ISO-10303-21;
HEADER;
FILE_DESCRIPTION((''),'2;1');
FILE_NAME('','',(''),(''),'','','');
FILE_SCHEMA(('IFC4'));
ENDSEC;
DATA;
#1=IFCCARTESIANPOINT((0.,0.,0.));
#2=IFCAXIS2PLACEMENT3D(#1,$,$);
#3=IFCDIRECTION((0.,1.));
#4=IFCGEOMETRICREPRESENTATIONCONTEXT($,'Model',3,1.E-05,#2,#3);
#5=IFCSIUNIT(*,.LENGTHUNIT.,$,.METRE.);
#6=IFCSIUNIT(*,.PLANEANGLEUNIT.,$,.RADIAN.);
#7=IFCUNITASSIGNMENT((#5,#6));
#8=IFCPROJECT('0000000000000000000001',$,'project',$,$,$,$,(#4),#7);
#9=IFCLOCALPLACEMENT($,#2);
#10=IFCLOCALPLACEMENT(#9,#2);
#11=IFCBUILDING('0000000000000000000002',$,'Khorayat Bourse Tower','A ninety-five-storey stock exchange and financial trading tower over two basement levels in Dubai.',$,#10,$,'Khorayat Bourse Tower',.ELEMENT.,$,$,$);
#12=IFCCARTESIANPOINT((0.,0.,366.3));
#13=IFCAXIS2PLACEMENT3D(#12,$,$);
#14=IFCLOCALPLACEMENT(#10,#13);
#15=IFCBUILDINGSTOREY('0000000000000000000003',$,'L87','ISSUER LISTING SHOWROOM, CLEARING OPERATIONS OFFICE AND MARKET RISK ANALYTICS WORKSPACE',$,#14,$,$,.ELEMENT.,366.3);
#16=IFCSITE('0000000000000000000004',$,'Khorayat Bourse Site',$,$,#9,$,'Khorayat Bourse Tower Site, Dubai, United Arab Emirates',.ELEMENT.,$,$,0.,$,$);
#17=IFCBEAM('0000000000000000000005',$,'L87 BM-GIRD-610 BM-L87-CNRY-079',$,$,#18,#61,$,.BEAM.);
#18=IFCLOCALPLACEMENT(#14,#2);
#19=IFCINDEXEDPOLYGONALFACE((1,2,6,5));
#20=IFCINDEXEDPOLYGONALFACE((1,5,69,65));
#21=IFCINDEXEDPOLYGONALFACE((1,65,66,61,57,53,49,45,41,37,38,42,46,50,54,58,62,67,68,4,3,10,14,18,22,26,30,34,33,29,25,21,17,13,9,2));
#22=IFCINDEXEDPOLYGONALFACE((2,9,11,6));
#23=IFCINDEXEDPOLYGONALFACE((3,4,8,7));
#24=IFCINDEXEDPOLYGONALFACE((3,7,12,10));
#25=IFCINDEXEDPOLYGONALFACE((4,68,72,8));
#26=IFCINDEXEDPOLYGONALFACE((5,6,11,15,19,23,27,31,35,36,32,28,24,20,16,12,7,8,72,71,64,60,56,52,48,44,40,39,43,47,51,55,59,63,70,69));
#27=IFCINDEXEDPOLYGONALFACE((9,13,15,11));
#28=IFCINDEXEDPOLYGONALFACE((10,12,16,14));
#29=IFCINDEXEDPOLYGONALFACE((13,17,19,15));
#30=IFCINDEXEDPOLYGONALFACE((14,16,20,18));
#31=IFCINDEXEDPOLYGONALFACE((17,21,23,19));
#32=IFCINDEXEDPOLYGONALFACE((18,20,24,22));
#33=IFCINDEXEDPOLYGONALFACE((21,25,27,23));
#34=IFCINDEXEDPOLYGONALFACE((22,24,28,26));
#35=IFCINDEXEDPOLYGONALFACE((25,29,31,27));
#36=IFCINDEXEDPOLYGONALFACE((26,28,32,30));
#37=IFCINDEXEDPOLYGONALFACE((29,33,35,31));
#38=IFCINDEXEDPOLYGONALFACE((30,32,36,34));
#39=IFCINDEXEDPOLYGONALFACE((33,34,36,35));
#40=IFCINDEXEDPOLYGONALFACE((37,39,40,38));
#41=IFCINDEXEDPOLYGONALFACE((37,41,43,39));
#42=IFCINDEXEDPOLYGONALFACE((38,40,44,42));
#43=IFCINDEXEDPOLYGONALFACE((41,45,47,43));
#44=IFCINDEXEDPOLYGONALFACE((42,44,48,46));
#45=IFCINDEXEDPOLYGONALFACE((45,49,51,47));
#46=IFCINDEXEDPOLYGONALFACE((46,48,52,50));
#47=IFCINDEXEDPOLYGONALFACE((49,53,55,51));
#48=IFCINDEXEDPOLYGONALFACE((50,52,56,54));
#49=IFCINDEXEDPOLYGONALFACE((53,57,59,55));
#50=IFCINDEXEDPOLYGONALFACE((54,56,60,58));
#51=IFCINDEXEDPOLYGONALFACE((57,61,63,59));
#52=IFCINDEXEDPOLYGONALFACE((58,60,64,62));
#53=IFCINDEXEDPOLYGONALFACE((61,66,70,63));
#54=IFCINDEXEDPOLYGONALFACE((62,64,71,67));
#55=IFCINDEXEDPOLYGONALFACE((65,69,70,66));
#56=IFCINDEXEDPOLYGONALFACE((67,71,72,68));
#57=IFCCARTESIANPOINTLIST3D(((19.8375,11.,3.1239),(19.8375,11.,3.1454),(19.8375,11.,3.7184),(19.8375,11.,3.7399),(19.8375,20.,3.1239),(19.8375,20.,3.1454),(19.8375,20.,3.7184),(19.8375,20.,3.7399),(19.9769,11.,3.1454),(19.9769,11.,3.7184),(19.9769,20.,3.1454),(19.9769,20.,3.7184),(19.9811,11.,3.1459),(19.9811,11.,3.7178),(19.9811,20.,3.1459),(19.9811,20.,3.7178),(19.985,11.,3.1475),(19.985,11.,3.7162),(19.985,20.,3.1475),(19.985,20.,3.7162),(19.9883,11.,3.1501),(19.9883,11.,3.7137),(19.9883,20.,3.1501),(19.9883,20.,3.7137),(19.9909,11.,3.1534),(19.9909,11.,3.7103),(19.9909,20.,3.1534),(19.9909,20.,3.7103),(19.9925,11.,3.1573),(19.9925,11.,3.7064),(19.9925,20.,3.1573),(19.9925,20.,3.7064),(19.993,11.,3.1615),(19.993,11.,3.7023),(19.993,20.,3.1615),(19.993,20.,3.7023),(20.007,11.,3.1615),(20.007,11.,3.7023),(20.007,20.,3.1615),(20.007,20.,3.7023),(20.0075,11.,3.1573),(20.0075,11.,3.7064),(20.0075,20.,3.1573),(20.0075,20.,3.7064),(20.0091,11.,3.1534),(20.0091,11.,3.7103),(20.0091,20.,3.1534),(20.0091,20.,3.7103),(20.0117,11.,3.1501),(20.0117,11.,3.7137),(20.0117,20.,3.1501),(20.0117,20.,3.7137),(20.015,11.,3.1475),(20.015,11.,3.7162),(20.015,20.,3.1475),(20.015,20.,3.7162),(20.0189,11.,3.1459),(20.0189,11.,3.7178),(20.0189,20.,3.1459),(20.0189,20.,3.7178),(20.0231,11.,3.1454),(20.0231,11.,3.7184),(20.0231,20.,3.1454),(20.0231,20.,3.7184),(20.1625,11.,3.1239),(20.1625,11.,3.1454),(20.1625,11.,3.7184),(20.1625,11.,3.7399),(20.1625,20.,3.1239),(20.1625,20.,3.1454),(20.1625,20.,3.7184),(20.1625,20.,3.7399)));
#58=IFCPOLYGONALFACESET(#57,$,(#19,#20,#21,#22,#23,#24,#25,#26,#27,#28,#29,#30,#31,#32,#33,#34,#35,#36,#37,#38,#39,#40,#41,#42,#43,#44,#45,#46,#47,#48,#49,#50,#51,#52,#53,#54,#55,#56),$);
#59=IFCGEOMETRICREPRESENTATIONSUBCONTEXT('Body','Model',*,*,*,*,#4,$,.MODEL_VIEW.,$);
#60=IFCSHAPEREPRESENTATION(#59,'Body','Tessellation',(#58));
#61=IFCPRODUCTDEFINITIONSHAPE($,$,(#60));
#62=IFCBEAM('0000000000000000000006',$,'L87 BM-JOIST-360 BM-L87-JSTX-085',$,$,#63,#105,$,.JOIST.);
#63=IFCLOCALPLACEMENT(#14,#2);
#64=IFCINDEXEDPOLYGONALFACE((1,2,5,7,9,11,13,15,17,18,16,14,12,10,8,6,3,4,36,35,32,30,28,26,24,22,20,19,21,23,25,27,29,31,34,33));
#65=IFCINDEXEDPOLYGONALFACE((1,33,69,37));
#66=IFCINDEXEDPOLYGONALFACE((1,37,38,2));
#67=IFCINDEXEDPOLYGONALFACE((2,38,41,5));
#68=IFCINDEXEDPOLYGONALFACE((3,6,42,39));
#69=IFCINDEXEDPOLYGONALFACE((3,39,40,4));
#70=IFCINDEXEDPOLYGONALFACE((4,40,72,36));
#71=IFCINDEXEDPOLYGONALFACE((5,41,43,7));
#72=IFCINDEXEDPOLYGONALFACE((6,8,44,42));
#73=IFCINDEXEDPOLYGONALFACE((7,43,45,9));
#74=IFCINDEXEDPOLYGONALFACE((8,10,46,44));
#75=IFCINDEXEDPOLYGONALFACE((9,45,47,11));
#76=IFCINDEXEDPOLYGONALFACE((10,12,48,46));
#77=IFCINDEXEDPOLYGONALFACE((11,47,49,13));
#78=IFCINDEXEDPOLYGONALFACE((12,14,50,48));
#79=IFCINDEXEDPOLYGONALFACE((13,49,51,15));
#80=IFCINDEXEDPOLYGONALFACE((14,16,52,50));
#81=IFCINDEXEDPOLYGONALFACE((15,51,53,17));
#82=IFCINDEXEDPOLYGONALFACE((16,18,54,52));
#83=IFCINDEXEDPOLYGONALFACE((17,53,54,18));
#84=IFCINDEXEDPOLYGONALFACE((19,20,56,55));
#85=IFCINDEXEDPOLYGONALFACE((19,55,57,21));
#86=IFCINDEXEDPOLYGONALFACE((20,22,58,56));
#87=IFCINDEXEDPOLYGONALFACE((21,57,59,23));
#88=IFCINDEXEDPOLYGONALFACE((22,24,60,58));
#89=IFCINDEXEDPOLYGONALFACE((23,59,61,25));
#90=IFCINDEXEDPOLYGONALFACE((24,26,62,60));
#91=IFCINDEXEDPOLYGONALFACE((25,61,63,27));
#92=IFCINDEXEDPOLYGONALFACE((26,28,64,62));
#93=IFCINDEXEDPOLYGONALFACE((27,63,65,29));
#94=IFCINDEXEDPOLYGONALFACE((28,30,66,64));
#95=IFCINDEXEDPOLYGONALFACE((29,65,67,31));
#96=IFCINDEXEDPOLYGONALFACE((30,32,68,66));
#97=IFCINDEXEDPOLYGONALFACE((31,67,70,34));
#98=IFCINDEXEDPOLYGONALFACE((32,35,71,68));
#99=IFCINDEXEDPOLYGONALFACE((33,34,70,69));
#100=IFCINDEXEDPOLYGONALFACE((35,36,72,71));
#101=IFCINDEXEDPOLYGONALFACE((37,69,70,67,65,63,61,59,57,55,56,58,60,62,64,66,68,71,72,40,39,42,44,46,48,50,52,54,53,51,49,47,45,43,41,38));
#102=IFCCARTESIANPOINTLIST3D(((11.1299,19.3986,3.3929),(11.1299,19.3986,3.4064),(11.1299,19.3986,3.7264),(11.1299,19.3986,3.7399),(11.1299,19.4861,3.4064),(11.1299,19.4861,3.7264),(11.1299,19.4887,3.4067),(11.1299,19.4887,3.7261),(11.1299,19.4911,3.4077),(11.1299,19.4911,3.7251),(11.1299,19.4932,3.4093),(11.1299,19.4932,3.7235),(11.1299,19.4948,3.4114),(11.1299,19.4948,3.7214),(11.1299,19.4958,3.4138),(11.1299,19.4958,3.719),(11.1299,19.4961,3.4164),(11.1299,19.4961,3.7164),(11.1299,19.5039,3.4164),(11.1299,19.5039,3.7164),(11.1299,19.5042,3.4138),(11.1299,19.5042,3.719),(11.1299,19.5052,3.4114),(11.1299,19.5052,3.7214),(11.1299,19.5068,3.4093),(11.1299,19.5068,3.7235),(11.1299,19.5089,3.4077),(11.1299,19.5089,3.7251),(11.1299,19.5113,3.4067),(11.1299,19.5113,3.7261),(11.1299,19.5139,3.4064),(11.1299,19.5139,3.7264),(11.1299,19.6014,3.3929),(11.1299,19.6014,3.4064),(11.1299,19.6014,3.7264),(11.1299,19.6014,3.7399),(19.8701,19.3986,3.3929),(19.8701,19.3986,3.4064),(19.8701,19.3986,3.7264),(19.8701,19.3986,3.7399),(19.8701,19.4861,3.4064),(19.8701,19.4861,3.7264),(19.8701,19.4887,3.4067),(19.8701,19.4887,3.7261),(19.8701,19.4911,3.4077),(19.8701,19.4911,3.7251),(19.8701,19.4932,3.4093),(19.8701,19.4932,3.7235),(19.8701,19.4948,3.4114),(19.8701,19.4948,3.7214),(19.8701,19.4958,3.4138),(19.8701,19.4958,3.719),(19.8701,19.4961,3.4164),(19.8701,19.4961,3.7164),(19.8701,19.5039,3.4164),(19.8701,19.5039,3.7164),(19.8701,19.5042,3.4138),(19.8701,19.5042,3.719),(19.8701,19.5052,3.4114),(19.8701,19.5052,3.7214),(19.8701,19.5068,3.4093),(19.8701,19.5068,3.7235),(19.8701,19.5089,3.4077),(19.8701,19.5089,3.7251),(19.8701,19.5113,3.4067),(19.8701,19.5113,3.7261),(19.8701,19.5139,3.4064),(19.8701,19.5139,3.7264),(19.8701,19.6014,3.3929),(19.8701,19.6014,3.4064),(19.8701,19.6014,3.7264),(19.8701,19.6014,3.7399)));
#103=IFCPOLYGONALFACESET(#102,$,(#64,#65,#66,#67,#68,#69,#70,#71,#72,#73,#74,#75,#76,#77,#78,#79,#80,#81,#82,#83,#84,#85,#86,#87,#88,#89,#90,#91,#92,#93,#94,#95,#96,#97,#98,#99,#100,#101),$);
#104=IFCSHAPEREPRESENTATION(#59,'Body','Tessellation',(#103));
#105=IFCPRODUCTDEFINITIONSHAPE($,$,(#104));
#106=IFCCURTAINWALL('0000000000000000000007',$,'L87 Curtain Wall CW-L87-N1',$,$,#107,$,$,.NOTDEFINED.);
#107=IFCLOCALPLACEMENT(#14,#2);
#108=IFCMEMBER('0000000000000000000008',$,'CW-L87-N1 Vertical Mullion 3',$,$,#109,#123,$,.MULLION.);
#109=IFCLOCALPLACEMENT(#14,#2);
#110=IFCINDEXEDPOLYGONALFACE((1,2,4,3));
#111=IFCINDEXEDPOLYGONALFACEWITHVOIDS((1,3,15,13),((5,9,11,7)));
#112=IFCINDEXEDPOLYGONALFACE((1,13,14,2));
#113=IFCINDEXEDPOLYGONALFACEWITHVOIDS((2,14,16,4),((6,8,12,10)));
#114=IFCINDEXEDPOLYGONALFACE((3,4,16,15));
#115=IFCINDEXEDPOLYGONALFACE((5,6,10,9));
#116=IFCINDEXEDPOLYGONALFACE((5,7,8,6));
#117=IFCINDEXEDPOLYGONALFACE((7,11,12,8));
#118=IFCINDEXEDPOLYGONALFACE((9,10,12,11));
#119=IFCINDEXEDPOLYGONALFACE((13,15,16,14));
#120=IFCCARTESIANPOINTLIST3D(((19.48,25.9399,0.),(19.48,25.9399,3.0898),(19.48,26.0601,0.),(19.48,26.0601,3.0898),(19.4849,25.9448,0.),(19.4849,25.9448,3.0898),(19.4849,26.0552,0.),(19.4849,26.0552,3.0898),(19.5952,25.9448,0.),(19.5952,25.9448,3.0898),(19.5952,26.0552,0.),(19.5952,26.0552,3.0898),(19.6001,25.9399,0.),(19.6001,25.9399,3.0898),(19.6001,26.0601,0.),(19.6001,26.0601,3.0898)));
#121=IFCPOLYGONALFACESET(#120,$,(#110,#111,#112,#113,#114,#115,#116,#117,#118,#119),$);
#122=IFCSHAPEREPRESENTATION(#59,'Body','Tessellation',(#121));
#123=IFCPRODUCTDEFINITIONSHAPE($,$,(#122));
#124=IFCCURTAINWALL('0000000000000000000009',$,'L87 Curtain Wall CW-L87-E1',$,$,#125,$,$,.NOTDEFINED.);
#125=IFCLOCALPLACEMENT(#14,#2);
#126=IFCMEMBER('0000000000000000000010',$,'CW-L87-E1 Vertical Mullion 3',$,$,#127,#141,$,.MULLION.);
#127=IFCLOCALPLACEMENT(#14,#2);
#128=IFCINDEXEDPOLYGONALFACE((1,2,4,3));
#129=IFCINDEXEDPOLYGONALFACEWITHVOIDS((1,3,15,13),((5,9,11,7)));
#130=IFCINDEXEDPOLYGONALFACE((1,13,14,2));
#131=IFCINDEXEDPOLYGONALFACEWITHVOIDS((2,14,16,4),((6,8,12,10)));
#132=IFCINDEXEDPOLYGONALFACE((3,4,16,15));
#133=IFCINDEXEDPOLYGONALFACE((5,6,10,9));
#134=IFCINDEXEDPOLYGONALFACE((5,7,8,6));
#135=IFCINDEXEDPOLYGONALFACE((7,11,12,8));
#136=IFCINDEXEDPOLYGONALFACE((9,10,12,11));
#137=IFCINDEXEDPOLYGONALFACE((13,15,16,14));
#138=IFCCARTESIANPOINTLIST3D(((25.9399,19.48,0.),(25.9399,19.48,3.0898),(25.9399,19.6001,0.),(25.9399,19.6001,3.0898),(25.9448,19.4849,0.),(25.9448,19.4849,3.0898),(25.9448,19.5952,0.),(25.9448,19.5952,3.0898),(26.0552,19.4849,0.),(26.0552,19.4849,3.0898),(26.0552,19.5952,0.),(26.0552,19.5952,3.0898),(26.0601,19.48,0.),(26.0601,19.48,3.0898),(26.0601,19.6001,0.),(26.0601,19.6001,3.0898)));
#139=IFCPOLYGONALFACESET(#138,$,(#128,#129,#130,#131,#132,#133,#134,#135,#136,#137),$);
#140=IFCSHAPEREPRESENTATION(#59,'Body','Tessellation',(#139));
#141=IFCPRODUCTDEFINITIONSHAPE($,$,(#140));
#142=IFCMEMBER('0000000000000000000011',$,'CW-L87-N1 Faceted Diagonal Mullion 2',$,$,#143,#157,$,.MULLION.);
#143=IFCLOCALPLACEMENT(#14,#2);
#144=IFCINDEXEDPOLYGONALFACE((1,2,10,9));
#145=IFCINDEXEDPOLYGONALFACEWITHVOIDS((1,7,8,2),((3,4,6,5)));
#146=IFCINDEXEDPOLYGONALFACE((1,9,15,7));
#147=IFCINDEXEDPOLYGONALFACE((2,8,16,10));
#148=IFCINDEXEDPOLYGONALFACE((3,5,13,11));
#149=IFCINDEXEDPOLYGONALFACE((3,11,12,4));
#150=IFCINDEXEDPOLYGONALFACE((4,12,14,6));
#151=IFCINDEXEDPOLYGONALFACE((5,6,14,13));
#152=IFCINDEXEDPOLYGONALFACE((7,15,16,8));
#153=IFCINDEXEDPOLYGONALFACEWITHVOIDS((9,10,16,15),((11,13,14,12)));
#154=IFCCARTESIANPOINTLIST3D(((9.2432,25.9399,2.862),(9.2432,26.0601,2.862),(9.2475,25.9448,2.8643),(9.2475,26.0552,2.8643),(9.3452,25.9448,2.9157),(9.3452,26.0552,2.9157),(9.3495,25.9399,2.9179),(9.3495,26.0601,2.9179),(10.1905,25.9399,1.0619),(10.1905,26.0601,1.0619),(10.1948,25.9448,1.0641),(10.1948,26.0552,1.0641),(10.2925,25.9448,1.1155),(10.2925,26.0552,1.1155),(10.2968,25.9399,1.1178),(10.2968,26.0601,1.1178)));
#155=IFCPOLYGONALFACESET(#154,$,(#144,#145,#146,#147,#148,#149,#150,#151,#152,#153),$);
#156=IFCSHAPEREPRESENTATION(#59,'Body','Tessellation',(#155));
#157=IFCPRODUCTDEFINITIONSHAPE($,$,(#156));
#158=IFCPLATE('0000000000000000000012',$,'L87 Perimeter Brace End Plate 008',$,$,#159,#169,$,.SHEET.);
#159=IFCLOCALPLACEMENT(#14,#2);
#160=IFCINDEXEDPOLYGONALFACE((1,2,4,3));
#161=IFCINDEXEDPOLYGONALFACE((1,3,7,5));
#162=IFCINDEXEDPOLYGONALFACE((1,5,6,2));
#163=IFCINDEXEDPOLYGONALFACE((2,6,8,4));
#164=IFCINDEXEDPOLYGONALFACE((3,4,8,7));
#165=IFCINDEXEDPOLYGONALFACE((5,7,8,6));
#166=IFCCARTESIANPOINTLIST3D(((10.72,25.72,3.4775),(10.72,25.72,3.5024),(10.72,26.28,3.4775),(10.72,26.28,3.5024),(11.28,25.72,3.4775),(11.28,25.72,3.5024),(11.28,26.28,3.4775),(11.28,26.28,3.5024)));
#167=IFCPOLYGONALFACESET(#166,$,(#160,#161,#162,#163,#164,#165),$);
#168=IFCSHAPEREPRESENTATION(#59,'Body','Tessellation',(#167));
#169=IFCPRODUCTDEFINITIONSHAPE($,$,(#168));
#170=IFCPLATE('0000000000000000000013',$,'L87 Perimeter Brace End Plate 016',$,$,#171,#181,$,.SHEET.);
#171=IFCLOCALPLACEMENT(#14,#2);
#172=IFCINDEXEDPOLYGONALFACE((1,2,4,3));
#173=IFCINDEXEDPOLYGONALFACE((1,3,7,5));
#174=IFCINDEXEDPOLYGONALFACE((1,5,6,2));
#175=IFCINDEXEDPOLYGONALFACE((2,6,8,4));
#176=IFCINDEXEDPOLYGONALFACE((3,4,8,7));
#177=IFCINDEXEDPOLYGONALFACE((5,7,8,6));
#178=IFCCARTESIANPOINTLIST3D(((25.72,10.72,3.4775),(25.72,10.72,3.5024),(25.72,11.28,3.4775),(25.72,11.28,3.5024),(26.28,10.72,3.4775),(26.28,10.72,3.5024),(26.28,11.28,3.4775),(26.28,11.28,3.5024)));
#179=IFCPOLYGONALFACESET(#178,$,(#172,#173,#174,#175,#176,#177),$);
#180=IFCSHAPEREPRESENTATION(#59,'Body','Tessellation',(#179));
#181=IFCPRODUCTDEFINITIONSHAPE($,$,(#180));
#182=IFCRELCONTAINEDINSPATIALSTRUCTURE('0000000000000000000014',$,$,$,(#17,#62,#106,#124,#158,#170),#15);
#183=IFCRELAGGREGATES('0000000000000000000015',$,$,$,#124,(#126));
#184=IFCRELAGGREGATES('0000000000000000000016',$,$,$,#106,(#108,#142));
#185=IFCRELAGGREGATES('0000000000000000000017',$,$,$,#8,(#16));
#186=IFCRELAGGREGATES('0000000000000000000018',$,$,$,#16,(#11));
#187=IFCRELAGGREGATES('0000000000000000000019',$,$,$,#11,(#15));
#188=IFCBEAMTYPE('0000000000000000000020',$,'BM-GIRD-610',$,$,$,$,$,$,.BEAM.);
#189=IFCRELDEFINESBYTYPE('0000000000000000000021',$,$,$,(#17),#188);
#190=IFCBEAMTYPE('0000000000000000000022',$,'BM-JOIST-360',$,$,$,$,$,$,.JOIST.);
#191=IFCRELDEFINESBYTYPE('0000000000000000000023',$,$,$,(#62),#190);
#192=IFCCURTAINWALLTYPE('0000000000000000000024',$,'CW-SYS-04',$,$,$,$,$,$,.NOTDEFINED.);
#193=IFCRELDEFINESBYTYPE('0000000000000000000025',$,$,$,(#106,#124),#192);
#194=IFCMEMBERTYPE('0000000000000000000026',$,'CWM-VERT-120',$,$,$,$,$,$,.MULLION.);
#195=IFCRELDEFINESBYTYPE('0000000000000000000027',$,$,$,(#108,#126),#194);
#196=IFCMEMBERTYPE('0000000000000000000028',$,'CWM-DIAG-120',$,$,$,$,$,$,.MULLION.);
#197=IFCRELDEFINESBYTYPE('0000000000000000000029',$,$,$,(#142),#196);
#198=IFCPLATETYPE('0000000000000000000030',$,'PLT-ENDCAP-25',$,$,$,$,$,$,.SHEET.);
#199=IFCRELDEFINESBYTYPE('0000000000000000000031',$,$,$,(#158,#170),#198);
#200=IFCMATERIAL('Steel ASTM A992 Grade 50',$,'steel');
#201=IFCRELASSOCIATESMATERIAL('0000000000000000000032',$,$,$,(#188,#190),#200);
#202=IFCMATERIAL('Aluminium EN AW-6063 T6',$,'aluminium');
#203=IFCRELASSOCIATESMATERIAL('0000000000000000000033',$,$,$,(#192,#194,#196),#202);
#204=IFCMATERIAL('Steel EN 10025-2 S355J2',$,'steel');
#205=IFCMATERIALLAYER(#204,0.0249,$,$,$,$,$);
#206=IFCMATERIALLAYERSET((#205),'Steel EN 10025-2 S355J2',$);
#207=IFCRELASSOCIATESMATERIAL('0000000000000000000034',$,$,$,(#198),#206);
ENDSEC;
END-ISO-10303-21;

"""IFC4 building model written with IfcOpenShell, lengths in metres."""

from ifc_helpers import new_model, si_unit, direction, frame, origin, origin_2d, place, context, subcontext, project, spatial, rectangle, hollow_rectangle, i_section, extrude, source, transform, mapped, material, layer, layer_set, material_profile, profile_set, type_object, element, aggregate, save


model = new_model("IFC4")

# Units and contexts
model_context = context("Model", 3, precision=1e-05, world=origin(), true_north=direction((0.0, 1.0)))
body_context = subcontext(model_context, "Body", "Model", "MODEL_VIEW")
ifc_project = project(units=[si_unit("LENGTHUNIT", "METRE"), si_unit("PLANEANGLEUNIT", "RADIAN")], contexts=[model_context])

# Site, building, storey
site_placement = place(None, origin())
site = spatial("IfcSite", under=ifc_project, at=site_placement, Name="Khorayat Bourse Site", LongName="Khorayat Bourse Tower Site, Dubai, United Arab Emirates", CompositionType="ELEMENT", RefElevation=0.0)
building_placement = place(site_placement, origin())
building = spatial("IfcBuilding", under=site, at=building_placement, Name="Khorayat Bourse Tower", Description="A ninety-five-storey stock exchange and financial trading tower over two basement levels in Dubai.", LongName="Khorayat Bourse Tower", CompositionType="ELEMENT")
storey_placement = place(building_placement, frame((0.0, 0.0, 366.3)))
storey = spatial("IfcBuildingStorey", under=building, at=storey_placement, Name="L87", Description="ISSUER LISTING SHOWROOM, CLEARING OPERATIONS OFFICE AND MARKET RISK ANALYTICS WORKSPACE", CompositionType="ELEMENT", Elevation=366.3)

# Shared definitions
ifc_material_1 = material(Name="Steel EN 10025-2 S355J2", Category="steel")

# Beams
ifc_material_2 = material(Name="Steel ASTM A992 Grade 50", Category="steel")
ifc_material_profile_1 = material_profile(ifc_material_2, i_section(OverallWidth=0.325, OverallDepth=0.616, WebThickness=0.0139, FlangeThickness=0.0215, FilletRadius=0.0161, at=origin_2d()), Name="W610X174")
ifc_profile_set_1 = profile_set([ifc_material_profile_1], Name="Steel ASTM A992 Grade 50")
beam_type_1 = type_object("IfcBeamType", Name="BM-GIRD-610", PredefinedType="BEAM", material=ifc_profile_set_1)
shared_shape_1 = source(origin(), body_context, "Body", "SweptSolid", [
    extrude(i_section(OverallWidth=0.325, OverallDepth=0.616, WebThickness=0.0139, FlangeThickness=0.0215, FilletRadius=0.0161, at=origin_2d()), origin(), (0.0, 0.0, 1.0), 9.0),
])
beam_1_placement = place(storey_placement, frame((20.0, 11.0, 3.4319), z_axis=(0.0, 1.0, 0.0), x_axis=(-1.0, 0.0, 0.0)))
element("IfcBeam", 1, at=beam_1_placement, inside=storey, type_object=beam_type_1, Name="L87 BM-GIRD-610 BM-L87-CNRY-079", PredefinedType="BEAM", context=body_context, shape_type="MappedRepresentation", body=[
    mapped(shared_shape_1, transform((0.0, 0.0, 0.0), scale=1.0)),
])
ifc_material_profile_2 = material_profile(ifc_material_2, i_section(OverallWidth=0.2029, OverallDepth=0.3469, WebThickness=0.0078, FlangeThickness=0.0134, FilletRadius=0.01, at=origin_2d()), Name="W360X64")
ifc_profile_set_2 = profile_set([ifc_material_profile_2], Name="Steel ASTM A992 Grade 50")
beam_type_2 = type_object("IfcBeamType", Name="BM-JOIST-360", PredefinedType="JOIST", material=ifc_profile_set_2)
shared_shape_2 = source(origin(), body_context, "Body", "SweptSolid", [
    extrude(i_section(OverallWidth=0.2029, OverallDepth=0.3469, WebThickness=0.0078, FlangeThickness=0.0134, FilletRadius=0.01, at=origin_2d()), origin(), (0.0, 0.0, 1.0), 8.7402),
])
beam_2_placement = place(storey_placement, frame((11.1299, 19.5, 3.5664), z_axis=(1.0, 0.0, 0.0), x_axis=(0.0, 1.0, 0.0)))
element("IfcBeam", 2, at=beam_2_placement, inside=storey, type_object=beam_type_2, Name="L87 BM-JOIST-360 BM-L87-JSTX-085", PredefinedType="JOIST", context=body_context, shape_type="MappedRepresentation", body=[
    mapped(shared_shape_2, transform((0.0, 0.0, 0.0), scale=1.0)),
])

# Curtain walls, members
ifc_material_3 = material(Name="Aluminium EN AW-6063 T6", Category="aluminium")
curtain_wall_type = type_object("IfcCurtainWallType", Name="CW-SYS-04", PredefinedType="NOTDEFINED", material=ifc_material_3)
curtain_wall_1_placement = place(storey_placement, origin())
curtain_wall_1 = element("IfcCurtainWall", 3, at=curtain_wall_1_placement, inside=storey, type_object=curtain_wall_type, Name="L87 Curtain Wall CW-L87-N1", PredefinedType="NOTDEFINED")
ifc_material_profile_3 = material_profile(ifc_material_3, hollow_rectangle(XDim=0.1201, YDim=0.1201, WallThickness=0.0049, at=origin_2d()), Name="ALU 120x120x5")
ifc_profile_set_3 = profile_set([ifc_material_profile_3], Name="Aluminium EN AW-6063 T6")
member_type_1 = type_object("IfcMemberType", Name="CWM-VERT-120", PredefinedType="MULLION", material=ifc_profile_set_3)
shared_shape_3 = source(origin(), body_context, "Body", "SweptSolid", [
    extrude(hollow_rectangle(XDim=0.1201, YDim=0.1201, WallThickness=0.0049, at=origin_2d()), origin(), (0.0, 0.0, 1.0), 3.0898),
])
member_1_placement = place(storey_placement, frame((19.54, 26.0, 0.0), z_axis=(0.0, 0.0, 1.0), x_axis=(0.0, 1.0, 0.0)))
member_1 = element("IfcMember", 4, at=member_1_placement, type_object=member_type_1, Name="CW-L87-N1 Vertical Mullion 3", PredefinedType="MULLION", context=body_context, shape_type="MappedRepresentation", body=[
    mapped(shared_shape_3, transform((0.0, 0.0, 0.0), scale=1.0)),
])
curtain_wall_2_placement = place(storey_placement, origin())
curtain_wall_2 = element("IfcCurtainWall", 5, at=curtain_wall_2_placement, inside=storey, type_object=curtain_wall_type, Name="L87 Curtain Wall CW-L87-E1", PredefinedType="NOTDEFINED")
member_2_placement = place(storey_placement, frame((26.0, 19.54, 0.0), z_axis=(0.0, 0.0, 1.0), x_axis=(-1.0, 0.0, 0.0)))
member_2 = element("IfcMember", 6, at=member_2_placement, type_object=member_type_1, Name="CW-L87-E1 Vertical Mullion 3", PredefinedType="MULLION", context=body_context, shape_type="MappedRepresentation", body=[
    mapped(shared_shape_3, transform((0.0, 0.0, 0.0), scale=1.0)),
])
aggregate(curtain_wall_2, [member_2])

# Member
ifc_material_profile_4 = material_profile(ifc_material_3, hollow_rectangle(XDim=0.1201, YDim=0.1201, WallThickness=0.0049, at=origin_2d()), Name="ALU 120x120x5")
ifc_profile_set_4 = profile_set([ifc_material_profile_4], Name="Aluminium EN AW-6063 T6")
member_type_2 = type_object("IfcMemberType", Name="CWM-DIAG-120", PredefinedType="MULLION", material=ifc_profile_set_4)
shared_shape_4 = source(origin(), body_context, "Body", "SweptSolid", [
    extrude(hollow_rectangle(XDim=0.1201, YDim=0.1201, WallThickness=0.0049, at=origin_2d()), origin(), (0.0, 0.0, 1.0), 2.0342),
])
member_3_placement = place(storey_placement, frame((10.2437, 26.0, 1.0898), z_axis=(-0.465697, 0.0, 0.884944), x_axis=(0.0, -1.0, 0.0)))
member_3 = element("IfcMember", 7, at=member_3_placement, type_object=member_type_2, Name="CW-L87-N1 Faceted Diagonal Mullion 2", PredefinedType="MULLION", context=body_context, shape_type="MappedRepresentation", body=[
    mapped(shared_shape_4, transform((0.0, 0.0, 0.0), scale=1.0)),
])

# Plates
ifc_layer_1 = layer(ifc_material_1, 0.0249)
ifc_layer_set_1 = layer_set([ifc_layer_1], Name="Steel EN 10025-2 S355J2")
plate_type_1 = type_object("IfcPlateType", Name="PLT-ENDCAP-25", PredefinedType="SHEET", material=ifc_layer_set_1)
shared_shape_5 = source(origin(), body_context, "Body", "SweptSolid", [
    extrude(rectangle(XDim=0.5601, YDim=0.5601, at=origin_2d()), origin(), (0.0, 0.0, 1.0), 0.0249),
])
for number, where, z_axis, x_axis, name in (
    (8, (11.0, 26.0, 3.4775), (0.0, 0.0, 1.0), (1.0, 0.0, 0.0), "L87 Perimeter Brace End Plate 008"),
    (9, (26.0, 11.0, 3.4775), (0.0, 0.0, 1.0), (1.0, 0.0, 0.0), "L87 Perimeter Brace End Plate 016"),
):
    element("IfcPlate", number, at=place(storey_placement, frame(where, z_axis=z_axis, x_axis=x_axis)), inside=storey, type_object=plate_type_1, Name=name, PredefinedType="SHEET", context=body_context, shape_type="MappedRepresentation", body=[
        mapped(shared_shape_5, transform((0.0, 0.0, 0.0), scale=1.0)),
    ])

aggregate(curtain_wall_1, [member_1, member_3])

save(model, "model.ifc")
